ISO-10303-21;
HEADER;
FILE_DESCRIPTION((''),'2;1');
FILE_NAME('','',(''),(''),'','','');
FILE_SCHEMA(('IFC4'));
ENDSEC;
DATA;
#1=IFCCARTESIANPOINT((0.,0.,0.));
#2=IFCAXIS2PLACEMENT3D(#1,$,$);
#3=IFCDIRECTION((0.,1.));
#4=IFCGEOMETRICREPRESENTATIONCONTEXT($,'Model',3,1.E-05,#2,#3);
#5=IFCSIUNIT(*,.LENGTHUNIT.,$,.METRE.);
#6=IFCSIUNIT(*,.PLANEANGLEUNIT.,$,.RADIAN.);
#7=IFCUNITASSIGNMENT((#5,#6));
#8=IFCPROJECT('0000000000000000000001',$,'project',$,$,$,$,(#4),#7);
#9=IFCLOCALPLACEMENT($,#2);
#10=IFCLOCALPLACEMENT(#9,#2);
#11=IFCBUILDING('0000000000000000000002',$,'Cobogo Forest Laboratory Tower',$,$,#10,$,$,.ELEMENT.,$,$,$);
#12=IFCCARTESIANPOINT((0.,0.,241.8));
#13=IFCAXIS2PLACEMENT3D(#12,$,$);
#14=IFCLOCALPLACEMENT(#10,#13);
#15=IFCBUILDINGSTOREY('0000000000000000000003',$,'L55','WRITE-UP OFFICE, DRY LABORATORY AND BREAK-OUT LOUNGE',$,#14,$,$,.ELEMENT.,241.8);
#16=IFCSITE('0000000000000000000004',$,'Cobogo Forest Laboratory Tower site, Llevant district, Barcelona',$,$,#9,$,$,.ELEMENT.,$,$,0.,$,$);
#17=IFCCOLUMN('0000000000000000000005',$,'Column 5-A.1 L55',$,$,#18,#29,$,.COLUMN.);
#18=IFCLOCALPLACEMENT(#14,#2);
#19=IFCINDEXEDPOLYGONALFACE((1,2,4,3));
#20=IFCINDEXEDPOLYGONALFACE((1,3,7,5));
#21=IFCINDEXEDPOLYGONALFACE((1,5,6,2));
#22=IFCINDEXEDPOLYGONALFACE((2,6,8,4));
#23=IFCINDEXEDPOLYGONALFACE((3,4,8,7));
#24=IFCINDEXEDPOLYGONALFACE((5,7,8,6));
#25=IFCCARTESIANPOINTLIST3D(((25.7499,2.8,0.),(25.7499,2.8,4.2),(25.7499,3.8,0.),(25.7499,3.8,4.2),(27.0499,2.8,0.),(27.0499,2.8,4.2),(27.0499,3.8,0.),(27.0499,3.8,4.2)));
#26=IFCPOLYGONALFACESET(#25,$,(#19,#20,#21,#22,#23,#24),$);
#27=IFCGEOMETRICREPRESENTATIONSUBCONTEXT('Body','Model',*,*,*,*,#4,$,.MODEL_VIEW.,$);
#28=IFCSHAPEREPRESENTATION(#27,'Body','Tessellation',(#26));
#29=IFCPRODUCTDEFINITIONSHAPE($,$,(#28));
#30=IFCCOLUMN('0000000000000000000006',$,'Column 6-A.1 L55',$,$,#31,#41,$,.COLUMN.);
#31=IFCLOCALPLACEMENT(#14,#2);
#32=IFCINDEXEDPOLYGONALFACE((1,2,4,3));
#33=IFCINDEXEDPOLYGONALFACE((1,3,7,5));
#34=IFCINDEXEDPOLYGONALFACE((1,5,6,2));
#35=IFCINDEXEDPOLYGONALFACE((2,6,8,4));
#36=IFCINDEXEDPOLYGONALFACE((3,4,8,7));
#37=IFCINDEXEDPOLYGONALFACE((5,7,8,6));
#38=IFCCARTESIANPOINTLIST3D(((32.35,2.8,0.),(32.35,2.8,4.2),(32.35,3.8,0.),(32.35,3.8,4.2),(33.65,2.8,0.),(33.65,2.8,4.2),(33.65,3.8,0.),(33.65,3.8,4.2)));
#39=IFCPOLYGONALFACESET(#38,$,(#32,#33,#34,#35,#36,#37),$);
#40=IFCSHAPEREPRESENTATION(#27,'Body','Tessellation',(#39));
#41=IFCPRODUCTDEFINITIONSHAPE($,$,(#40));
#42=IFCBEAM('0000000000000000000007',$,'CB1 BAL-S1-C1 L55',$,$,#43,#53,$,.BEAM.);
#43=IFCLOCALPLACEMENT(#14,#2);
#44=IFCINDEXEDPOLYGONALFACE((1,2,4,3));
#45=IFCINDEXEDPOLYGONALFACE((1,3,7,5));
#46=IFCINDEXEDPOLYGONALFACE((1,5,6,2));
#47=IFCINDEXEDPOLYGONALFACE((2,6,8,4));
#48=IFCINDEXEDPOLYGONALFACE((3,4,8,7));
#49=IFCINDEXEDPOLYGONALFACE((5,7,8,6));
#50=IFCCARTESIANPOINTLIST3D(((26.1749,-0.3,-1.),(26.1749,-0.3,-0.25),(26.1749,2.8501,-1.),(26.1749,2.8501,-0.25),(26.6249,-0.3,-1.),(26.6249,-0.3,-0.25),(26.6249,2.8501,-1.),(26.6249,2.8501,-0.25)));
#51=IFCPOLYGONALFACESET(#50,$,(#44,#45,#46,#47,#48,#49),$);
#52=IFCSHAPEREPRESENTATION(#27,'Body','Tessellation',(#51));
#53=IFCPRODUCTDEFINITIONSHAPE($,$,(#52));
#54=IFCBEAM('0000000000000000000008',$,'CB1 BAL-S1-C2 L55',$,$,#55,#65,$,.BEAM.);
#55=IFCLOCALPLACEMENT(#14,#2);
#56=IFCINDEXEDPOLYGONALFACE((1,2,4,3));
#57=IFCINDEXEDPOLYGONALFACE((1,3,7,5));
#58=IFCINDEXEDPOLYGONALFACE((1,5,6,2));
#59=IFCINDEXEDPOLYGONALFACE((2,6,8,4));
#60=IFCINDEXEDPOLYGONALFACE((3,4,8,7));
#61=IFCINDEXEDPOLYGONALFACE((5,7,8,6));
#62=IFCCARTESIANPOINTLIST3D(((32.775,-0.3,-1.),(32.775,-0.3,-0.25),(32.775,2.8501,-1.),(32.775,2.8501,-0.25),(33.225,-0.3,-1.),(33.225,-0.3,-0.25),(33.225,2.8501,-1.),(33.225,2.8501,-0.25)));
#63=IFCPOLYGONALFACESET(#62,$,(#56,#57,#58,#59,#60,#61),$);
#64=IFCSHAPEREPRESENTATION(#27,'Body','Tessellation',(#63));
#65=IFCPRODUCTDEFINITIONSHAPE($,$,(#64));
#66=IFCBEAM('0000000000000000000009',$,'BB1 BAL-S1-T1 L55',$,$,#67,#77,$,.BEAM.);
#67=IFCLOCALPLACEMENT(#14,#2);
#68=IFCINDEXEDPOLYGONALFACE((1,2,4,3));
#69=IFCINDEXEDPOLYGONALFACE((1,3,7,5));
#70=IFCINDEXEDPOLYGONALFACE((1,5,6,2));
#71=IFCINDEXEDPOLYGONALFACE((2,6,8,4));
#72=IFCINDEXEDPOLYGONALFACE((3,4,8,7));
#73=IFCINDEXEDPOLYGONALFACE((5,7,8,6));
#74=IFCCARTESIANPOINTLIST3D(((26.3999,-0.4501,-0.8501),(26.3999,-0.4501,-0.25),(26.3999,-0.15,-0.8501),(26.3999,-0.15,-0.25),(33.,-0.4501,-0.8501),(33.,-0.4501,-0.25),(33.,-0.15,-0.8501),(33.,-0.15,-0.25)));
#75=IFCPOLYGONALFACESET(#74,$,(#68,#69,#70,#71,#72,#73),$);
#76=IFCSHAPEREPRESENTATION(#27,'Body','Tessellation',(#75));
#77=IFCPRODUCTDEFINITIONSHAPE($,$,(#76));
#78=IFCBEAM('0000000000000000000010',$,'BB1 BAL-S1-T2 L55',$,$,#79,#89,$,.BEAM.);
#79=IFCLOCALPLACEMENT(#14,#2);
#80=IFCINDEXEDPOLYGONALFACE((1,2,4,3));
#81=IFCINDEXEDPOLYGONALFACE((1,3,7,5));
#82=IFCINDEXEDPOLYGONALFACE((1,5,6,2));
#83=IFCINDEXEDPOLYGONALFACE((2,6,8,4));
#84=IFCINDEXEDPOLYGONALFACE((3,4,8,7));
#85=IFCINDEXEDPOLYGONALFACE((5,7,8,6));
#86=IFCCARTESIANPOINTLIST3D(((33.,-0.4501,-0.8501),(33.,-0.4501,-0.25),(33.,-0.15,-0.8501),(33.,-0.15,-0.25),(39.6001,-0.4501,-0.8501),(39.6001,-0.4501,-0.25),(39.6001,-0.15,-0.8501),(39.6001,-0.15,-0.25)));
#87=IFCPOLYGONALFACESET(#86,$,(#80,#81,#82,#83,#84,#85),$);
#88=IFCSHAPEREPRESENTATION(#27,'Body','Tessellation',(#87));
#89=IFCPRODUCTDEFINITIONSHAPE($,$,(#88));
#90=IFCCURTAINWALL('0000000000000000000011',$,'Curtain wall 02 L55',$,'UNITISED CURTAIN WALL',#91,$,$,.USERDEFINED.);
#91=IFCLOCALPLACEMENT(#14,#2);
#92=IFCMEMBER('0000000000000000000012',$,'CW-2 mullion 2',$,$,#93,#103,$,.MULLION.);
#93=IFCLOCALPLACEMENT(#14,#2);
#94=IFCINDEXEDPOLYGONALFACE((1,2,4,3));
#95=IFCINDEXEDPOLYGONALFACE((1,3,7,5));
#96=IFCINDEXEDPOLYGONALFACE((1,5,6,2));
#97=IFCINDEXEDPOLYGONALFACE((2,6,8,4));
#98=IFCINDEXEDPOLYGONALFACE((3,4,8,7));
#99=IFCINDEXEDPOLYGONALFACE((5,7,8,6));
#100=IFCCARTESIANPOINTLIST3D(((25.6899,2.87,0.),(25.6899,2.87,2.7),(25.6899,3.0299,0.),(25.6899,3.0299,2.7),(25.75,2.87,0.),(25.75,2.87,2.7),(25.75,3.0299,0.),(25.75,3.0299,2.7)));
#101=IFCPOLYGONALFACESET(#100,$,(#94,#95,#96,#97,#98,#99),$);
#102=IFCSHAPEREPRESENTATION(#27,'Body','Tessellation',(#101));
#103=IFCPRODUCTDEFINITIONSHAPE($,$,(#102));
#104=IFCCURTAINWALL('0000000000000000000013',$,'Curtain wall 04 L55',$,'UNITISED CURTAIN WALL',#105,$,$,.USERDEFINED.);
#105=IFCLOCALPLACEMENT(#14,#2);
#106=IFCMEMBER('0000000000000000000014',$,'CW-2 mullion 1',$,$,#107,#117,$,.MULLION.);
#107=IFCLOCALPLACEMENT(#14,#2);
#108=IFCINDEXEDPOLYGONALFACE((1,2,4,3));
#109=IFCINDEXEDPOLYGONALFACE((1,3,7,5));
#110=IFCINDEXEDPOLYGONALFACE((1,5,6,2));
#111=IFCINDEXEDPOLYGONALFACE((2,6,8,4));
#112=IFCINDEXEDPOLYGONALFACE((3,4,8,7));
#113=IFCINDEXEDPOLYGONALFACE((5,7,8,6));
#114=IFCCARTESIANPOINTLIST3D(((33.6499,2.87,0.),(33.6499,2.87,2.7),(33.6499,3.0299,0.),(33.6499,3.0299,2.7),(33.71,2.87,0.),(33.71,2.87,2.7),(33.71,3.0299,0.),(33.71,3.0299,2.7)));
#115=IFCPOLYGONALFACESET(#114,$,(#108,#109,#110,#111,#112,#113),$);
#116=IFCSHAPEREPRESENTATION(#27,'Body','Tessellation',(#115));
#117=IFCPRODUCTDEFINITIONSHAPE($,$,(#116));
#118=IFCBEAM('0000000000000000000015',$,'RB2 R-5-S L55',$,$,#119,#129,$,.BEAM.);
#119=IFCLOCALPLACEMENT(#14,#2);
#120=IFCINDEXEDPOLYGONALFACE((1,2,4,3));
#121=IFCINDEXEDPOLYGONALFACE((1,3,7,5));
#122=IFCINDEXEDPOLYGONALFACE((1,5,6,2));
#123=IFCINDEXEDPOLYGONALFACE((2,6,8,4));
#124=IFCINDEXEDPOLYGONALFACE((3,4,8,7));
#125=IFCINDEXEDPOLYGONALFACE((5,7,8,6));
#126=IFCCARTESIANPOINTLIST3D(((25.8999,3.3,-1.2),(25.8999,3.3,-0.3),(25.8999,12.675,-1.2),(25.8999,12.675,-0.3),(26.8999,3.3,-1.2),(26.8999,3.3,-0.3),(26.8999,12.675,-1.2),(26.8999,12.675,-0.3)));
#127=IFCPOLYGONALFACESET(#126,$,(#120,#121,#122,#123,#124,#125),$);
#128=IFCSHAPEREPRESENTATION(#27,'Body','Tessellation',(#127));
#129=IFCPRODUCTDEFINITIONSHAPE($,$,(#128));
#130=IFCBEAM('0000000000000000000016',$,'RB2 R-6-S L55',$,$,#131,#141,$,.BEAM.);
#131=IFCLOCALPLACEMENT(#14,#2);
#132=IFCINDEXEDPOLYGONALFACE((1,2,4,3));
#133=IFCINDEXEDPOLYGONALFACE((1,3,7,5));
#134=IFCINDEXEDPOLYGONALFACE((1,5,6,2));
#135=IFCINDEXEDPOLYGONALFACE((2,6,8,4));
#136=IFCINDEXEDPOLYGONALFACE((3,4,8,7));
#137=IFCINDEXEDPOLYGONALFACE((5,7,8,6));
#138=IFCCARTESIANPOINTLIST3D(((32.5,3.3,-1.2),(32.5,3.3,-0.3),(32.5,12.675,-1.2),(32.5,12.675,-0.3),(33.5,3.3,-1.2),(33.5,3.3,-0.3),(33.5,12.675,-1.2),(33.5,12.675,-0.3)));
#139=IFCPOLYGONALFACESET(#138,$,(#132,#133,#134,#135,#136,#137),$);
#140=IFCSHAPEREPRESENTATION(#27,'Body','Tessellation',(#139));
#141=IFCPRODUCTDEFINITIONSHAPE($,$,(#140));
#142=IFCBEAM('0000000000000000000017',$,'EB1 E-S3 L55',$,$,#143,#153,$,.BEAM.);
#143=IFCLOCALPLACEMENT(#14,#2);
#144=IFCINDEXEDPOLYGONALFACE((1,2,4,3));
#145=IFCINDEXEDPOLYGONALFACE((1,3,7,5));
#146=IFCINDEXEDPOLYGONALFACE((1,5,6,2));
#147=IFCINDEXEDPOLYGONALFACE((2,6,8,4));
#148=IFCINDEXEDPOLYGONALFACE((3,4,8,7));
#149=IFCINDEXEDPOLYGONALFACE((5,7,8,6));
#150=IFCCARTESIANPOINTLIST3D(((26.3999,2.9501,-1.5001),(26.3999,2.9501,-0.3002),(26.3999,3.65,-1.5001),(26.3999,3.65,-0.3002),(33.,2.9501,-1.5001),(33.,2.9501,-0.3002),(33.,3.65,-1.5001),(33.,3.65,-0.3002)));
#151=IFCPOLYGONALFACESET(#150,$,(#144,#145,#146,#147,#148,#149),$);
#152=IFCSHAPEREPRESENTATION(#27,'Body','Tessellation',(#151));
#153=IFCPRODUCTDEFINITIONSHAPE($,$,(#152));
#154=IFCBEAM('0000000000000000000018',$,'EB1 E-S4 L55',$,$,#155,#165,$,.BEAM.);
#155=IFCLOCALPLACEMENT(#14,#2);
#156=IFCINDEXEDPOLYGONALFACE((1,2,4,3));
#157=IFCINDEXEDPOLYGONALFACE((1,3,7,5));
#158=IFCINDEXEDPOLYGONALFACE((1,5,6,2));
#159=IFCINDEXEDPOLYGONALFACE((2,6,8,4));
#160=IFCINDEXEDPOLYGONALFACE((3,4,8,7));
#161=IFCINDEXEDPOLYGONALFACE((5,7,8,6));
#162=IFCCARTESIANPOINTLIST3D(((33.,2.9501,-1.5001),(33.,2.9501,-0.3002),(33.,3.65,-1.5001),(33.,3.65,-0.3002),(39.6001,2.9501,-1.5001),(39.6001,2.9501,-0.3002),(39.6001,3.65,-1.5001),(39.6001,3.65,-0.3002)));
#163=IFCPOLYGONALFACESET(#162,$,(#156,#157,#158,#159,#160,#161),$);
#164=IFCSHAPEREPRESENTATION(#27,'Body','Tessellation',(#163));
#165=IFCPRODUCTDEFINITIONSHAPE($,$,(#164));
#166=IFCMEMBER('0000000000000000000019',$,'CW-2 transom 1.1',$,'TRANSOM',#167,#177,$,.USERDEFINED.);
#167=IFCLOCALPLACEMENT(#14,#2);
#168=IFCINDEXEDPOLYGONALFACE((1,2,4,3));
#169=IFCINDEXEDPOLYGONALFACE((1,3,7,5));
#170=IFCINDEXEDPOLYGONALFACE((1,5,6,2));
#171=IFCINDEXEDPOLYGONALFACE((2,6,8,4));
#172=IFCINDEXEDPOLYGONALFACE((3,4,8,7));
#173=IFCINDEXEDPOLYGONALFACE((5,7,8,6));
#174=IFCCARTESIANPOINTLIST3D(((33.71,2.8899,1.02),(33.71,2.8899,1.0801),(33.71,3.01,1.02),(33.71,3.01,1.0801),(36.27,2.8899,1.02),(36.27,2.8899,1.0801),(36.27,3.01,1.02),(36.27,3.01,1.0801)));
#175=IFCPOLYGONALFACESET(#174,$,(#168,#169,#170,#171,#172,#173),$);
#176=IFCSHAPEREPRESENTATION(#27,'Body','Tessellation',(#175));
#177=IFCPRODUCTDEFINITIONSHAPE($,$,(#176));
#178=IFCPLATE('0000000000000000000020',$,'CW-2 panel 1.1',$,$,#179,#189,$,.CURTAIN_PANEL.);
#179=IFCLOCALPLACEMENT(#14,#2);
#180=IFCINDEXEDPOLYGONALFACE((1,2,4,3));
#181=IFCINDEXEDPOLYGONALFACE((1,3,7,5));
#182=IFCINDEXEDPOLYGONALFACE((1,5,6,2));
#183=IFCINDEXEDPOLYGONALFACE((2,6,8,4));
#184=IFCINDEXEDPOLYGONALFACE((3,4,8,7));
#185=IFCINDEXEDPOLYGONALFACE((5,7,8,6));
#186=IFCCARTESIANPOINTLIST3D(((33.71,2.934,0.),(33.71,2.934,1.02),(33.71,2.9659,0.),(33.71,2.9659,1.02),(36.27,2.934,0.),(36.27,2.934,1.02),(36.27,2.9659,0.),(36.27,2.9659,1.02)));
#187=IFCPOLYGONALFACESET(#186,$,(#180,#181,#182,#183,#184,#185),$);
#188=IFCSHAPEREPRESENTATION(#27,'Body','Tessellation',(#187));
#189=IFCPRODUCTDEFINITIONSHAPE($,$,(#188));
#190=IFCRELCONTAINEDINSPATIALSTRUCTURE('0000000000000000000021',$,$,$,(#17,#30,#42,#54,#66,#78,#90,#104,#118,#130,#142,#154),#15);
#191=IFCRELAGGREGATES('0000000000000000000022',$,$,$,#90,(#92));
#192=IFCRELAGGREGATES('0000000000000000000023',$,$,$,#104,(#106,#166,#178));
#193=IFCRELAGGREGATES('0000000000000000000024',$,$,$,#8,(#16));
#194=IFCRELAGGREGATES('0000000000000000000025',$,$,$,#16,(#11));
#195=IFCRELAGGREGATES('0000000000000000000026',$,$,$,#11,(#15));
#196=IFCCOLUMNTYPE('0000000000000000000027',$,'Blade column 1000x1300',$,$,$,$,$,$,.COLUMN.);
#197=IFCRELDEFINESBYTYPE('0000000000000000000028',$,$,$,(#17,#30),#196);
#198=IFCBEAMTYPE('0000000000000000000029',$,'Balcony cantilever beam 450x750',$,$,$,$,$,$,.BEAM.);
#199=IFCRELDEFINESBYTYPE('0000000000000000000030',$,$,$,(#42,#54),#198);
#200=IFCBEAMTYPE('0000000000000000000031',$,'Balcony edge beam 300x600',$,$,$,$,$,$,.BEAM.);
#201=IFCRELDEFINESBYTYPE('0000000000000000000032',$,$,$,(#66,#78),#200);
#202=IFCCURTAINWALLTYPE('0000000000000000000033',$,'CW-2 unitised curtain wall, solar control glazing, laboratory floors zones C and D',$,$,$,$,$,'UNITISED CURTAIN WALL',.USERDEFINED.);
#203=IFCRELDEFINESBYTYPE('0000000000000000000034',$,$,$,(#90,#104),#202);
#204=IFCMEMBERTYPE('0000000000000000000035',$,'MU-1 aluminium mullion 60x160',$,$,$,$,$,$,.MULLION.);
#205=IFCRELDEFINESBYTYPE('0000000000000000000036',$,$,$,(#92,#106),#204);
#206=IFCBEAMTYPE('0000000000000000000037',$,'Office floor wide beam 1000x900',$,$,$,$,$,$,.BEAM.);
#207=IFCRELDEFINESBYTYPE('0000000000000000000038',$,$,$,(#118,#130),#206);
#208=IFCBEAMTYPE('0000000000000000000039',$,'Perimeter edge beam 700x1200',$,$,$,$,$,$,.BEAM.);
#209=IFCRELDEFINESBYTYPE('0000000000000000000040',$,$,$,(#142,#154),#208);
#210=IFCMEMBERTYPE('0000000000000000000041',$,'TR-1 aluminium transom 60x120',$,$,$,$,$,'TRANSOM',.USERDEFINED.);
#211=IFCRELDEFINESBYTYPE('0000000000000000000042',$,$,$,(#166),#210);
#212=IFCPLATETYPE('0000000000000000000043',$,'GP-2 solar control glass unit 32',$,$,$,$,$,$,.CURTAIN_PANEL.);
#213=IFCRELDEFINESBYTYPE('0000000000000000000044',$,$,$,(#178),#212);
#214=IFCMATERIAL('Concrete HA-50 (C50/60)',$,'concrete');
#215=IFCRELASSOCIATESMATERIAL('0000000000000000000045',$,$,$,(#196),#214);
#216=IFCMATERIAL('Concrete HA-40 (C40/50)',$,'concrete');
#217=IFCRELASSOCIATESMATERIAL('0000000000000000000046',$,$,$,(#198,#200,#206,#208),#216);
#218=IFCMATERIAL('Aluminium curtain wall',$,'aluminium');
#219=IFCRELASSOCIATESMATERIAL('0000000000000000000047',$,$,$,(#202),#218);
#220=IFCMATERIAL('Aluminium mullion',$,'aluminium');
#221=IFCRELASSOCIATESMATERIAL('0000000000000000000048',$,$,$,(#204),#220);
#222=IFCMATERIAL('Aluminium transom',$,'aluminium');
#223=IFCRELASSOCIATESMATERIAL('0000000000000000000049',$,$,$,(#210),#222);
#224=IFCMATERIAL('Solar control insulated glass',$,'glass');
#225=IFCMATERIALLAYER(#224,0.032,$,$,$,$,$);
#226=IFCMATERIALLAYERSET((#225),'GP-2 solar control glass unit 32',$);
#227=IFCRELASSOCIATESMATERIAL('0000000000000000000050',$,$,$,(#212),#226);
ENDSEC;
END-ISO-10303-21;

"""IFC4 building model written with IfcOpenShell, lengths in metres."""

from ifc_helpers import new_model, si_unit, direction, frame, origin, origin_2d, place, context, subcontext, project, spatial, rectangle, extrude, material, layer, layer_set, material_profile, profile_set, type_object, element, aggregate, save


model = new_model("IFC4")

# Units and contexts
model_context = context("Model", 3, precision=1e-05, world=origin(), true_north=direction((0.0, 1.0)))
body_context = subcontext(model_context, "Body", "Model", "MODEL_VIEW")
ifc_project = project(units=[si_unit("LENGTHUNIT", "METRE"), si_unit("PLANEANGLEUNIT", "RADIAN")], contexts=[model_context])

# Site, building, storey
site_placement = place(None, origin())
site = spatial("IfcSite", under=ifc_project, at=site_placement, Name="Cobogo Forest Laboratory Tower site, Llevant district, Barcelona", CompositionType="ELEMENT", RefElevation=0.0)
building_placement = place(site_placement, origin())
building = spatial("IfcBuilding", under=site, at=building_placement, Name="Cobogo Forest Laboratory Tower", CompositionType="ELEMENT")
storey_placement = place(building_placement, frame((0.0, 0.0, 241.8)))
storey = spatial("IfcBuildingStorey", under=building, at=storey_placement, Name="L55", Description="WRITE-UP OFFICE, DRY LABORATORY AND BREAK-OUT LOUNGE", CompositionType="ELEMENT", Elevation=241.8)

# Columns
ifc_material_1 = material(Name="Concrete HA-50 (C50/60)", Category="concrete")
ifc_material_profile_1 = material_profile(ifc_material_1, rectangle(XDim=1.3, YDim=1.0, at=origin_2d()), Name="RC 1000x1300")
ifc_profile_set_1 = profile_set([ifc_material_profile_1], Name="Concrete HA-50 (C50/60)")
column_type = type_object("IfcColumnType", Name="Blade column 1000x1300", PredefinedType="COLUMN", material=ifc_profile_set_1)
for number, where, z_axis, x_axis, name in (
    (1, (26.3999, 3.3, 0.0), (0.0, 0.0, 1.0), (1.0, 0.0, 0.0), "Column 5-A.1 L55"),
    (2, (33.0, 3.3, 0.0), (0.0, 0.0, 1.0), (1.0, 0.0, 0.0), "Column 6-A.1 L55"),
):
    element("IfcColumn", number, at=place(storey_placement, frame(where, z_axis=z_axis, x_axis=x_axis)), inside=storey, type_object=column_type, Name=name, PredefinedType="COLUMN", context=body_context, shape_type="SweptSolid", body=[
        extrude(rectangle(XDim=1.3, YDim=1.0, at=origin_2d()), origin(), (0.0, 0.0, 1.0), 4.2),
    ])

# Beams
ifc_material_2 = material(Name="Concrete HA-40 (C40/50)", Category="concrete")
ifc_material_profile_2 = material_profile(ifc_material_2, rectangle(XDim=0.45, YDim=0.75, at=origin_2d()), Name="RC 450x750")
ifc_profile_set_2 = profile_set([ifc_material_profile_2], Name="Concrete HA-40 (C40/50)")
beam_type_1 = type_object("IfcBeamType", Name="Balcony cantilever beam 450x750", PredefinedType="BEAM", material=ifc_profile_set_2)
for number, where, z_axis, x_axis, name in (
    (3, (26.3999, 2.8501, -0.625), (0.0, -1.0, 0.0), (1.0, 0.0, 0.0), "CB1 BAL-S1-C1 L55"),
    (4, (33.0, 2.8501, -0.625), (0.0, -1.0, 0.0), (1.0, 0.0, 0.0), "CB1 BAL-S1-C2 L55"),
):
    element("IfcBeam", number, at=place(storey_placement, frame(where, z_axis=z_axis, x_axis=x_axis)), inside=storey, type_object=beam_type_1, Name=name, PredefinedType="BEAM", context=body_context, shape_type="SweptSolid", body=[
        extrude(rectangle(XDim=0.45, YDim=0.75, at=origin_2d()), origin(), (0.0, 0.0, 1.0), 3.1501),
    ])
ifc_material_profile_3 = material_profile(ifc_material_2, rectangle(XDim=0.3, YDim=0.6001, at=origin_2d()), Name="RC 300x600")
ifc_profile_set_3 = profile_set([ifc_material_profile_3], Name="Concrete HA-40 (C40/50)")
beam_type_2 = type_object("IfcBeamType", Name="Balcony edge beam 300x600", PredefinedType="BEAM", material=ifc_profile_set_3)
for number, where, z_axis, x_axis, name in (
    (5, (26.3999, -0.3, -0.55), (1.0, 0.0, 0.0), (0.0, 1.0, 0.0), "BB1 BAL-S1-T1 L55"),
    (6, (33.0, -0.3, -0.55), (1.0, 0.0, 0.0), (0.0, 1.0, 0.0), "BB1 BAL-S1-T2 L55"),
):
    element("IfcBeam", number, at=place(storey_placement, frame(where, z_axis=z_axis, x_axis=x_axis)), inside=storey, type_object=beam_type_2, Name=name, PredefinedType="BEAM", context=body_context, shape_type="SweptSolid", body=[
        extrude(rectangle(XDim=0.3, YDim=0.6001, at=origin_2d()), origin(), (0.0, 0.0, 1.0), 6.6001),
    ])

# Curtain walls, members
ifc_material_3 = material(Name="Aluminium curtain wall", Category="aluminium")
curtain_wall_type = type_object("IfcCurtainWallType", Name="CW-2 unitised curtain wall, solar control glazing, laboratory floors zones C and D", ElementType="UNITISED CURTAIN WALL", PredefinedType="USERDEFINED", material=ifc_material_3)
curtain_wall_1_placement = place(storey_placement, origin())
curtain_wall_1 = element("IfcCurtainWall", 7, at=curtain_wall_1_placement, inside=storey, type_object=curtain_wall_type, Name="Curtain wall 02 L55", ObjectType="UNITISED CURTAIN WALL", PredefinedType="USERDEFINED")
ifc_material_4 = material(Name="Aluminium mullion", Category="aluminium")
ifc_material_profile_4 = material_profile(ifc_material_4, rectangle(XDim=0.0601, YDim=0.1599, at=origin_2d()), Name="AL 60x160")
ifc_profile_set_4 = profile_set([ifc_material_profile_4], Name="Aluminium mullion")
member_type_1 = type_object("IfcMemberType", Name="MU-1 aluminium mullion 60x160", PredefinedType="MULLION", material=ifc_profile_set_4)
member_1_placement = place(storey_placement, frame((25.72, 2.95, 0.0), z_axis=(0.0, 0.0, 1.0), x_axis=(1.0, 0.0, 0.0)))
member_1 = element("IfcMember", 8, at=member_1_placement, type_object=member_type_1, Name="CW-2 mullion 2", PredefinedType="MULLION", context=body_context, shape_type="SweptSolid", body=[
    extrude(rectangle(XDim=0.0601, YDim=0.1599, at=origin_2d()), origin(), (0.0, 0.0, 1.0), 2.7),
])
aggregate(curtain_wall_1, [member_1])
curtain_wall_2_placement = place(storey_placement, origin())
curtain_wall_2 = element("IfcCurtainWall", 9, at=curtain_wall_2_placement, inside=storey, type_object=curtain_wall_type, Name="Curtain wall 04 L55", ObjectType="UNITISED CURTAIN WALL", PredefinedType="USERDEFINED")
member_2_placement = place(storey_placement, frame((33.6799, 2.95, 0.0), z_axis=(0.0, 0.0, 1.0), x_axis=(1.0, 0.0, 0.0)))
member_2 = element("IfcMember", 10, at=member_2_placement, type_object=member_type_1, Name="CW-2 mullion 1", PredefinedType="MULLION", context=body_context, shape_type="SweptSolid", body=[
    extrude(rectangle(XDim=0.0601, YDim=0.1599, at=origin_2d()), origin(), (0.0, 0.0, 1.0), 2.7),
])

# Beams
ifc_material_profile_5 = material_profile(ifc_material_2, rectangle(XDim=1.0, YDim=0.8999, at=origin_2d()), Name="RC 1000x900")
ifc_profile_set_5 = profile_set([ifc_material_profile_5], Name="Concrete HA-40 (C40/50)")
beam_type_3 = type_object("IfcBeamType", Name="Office floor wide beam 1000x900", PredefinedType="BEAM", material=ifc_profile_set_5)
for number, where, z_axis, x_axis, name in (
    (11, (26.3999, 12.675, -0.75), (0.0, -1.0, 0.0), (1.0, 0.0, 0.0), "RB2 R-5-S L55"),
    (12, (33.0, 12.675, -0.75), (0.0, -1.0, 0.0), (1.0, 0.0, 0.0), "RB2 R-6-S L55"),
):
    element("IfcBeam", number, at=place(storey_placement, frame(where, z_axis=z_axis, x_axis=x_axis)), inside=storey, type_object=beam_type_3, Name=name, PredefinedType="BEAM", context=body_context, shape_type="SweptSolid", body=[
        extrude(rectangle(XDim=1.0, YDim=0.8999, at=origin_2d()), origin(), (0.0, 0.0, 1.0), 9.375),
    ])
ifc_material_profile_6 = material_profile(ifc_material_2, rectangle(XDim=0.7, YDim=1.2, at=origin_2d()), Name="RC 700x1200")
ifc_profile_set_6 = profile_set([ifc_material_profile_6], Name="Concrete HA-40 (C40/50)")
beam_type_4 = type_object("IfcBeamType", Name="Perimeter edge beam 700x1200", PredefinedType="BEAM", material=ifc_profile_set_6)
for number, where, z_axis, x_axis, name in (
    (13, (26.3999, 3.3, -0.9001), (1.0, 0.0, 0.0), (0.0, 1.0, 0.0), "EB1 E-S3 L55"),
    (14, (33.0, 3.3, -0.9001), (1.0, 0.0, 0.0), (0.0, 1.0, 0.0), "EB1 E-S4 L55"),
):
    element("IfcBeam", number, at=place(storey_placement, frame(where, z_axis=z_axis, x_axis=x_axis)), inside=storey, type_object=beam_type_4, Name=name, PredefinedType="BEAM", context=body_context, shape_type="SweptSolid", body=[
        extrude(rectangle(XDim=0.7, YDim=1.2, at=origin_2d()), origin(), (0.0, 0.0, 1.0), 6.6001),
    ])

# Member
ifc_material_5 = material(Name="Aluminium transom", Category="aluminium")
ifc_material_profile_7 = material_profile(ifc_material_5, rectangle(XDim=0.1201, YDim=0.0601, at=origin_2d()), Name="AL 60x120")
ifc_profile_set_7 = profile_set([ifc_material_profile_7], Name="Aluminium transom")
member_type_2 = type_object("IfcMemberType", Name="TR-1 aluminium transom 60x120", ElementType="TRANSOM", PredefinedType="USERDEFINED", material=ifc_profile_set_7)
member_3_placement = place(storey_placement, frame((33.71, 2.95, 1.05), z_axis=(1.0, 0.0, 0.0), x_axis=(0.0, 1.0, 0.0)))
member_3 = element("IfcMember", 15, at=member_3_placement, type_object=member_type_2, Name="CW-2 transom 1.1", ObjectType="TRANSOM", PredefinedType="USERDEFINED", context=body_context, shape_type="SweptSolid", body=[
    extrude(rectangle(XDim=0.1201, YDim=0.0601, at=origin_2d()), origin(), (0.0, 0.0, 1.0), 2.5601),
])

# Plate
ifc_material_6 = material(Name="Solar control insulated glass", Category="glass")
ifc_layer_1 = layer(ifc_material_6, 0.032)
ifc_layer_set_1 = layer_set([ifc_layer_1], Name="GP-2 solar control glass unit 32")
plate_type = type_object("IfcPlateType", Name="GP-2 solar control glass unit 32", PredefinedType="CURTAIN_PANEL", material=ifc_layer_set_1)
plate_1_placement = place(storey_placement, frame((34.99, 2.95, 0.0), z_axis=(0.0, 0.0, 1.0), x_axis=(1.0, 0.0, 0.0)))
plate_1 = element("IfcPlate", 16, at=plate_1_placement, type_object=plate_type, Name="CW-2 panel 1.1", PredefinedType="CURTAIN_PANEL", context=body_context, shape_type="SweptSolid", body=[
    extrude(rectangle(XDim=2.5601, YDim=0.032, at=origin_2d()), origin(), (0.0, 0.0, 1.0), 1.02),
])
aggregate(curtain_wall_2, [member_2, member_3, plate_1])

save(model, "model.ifc")
